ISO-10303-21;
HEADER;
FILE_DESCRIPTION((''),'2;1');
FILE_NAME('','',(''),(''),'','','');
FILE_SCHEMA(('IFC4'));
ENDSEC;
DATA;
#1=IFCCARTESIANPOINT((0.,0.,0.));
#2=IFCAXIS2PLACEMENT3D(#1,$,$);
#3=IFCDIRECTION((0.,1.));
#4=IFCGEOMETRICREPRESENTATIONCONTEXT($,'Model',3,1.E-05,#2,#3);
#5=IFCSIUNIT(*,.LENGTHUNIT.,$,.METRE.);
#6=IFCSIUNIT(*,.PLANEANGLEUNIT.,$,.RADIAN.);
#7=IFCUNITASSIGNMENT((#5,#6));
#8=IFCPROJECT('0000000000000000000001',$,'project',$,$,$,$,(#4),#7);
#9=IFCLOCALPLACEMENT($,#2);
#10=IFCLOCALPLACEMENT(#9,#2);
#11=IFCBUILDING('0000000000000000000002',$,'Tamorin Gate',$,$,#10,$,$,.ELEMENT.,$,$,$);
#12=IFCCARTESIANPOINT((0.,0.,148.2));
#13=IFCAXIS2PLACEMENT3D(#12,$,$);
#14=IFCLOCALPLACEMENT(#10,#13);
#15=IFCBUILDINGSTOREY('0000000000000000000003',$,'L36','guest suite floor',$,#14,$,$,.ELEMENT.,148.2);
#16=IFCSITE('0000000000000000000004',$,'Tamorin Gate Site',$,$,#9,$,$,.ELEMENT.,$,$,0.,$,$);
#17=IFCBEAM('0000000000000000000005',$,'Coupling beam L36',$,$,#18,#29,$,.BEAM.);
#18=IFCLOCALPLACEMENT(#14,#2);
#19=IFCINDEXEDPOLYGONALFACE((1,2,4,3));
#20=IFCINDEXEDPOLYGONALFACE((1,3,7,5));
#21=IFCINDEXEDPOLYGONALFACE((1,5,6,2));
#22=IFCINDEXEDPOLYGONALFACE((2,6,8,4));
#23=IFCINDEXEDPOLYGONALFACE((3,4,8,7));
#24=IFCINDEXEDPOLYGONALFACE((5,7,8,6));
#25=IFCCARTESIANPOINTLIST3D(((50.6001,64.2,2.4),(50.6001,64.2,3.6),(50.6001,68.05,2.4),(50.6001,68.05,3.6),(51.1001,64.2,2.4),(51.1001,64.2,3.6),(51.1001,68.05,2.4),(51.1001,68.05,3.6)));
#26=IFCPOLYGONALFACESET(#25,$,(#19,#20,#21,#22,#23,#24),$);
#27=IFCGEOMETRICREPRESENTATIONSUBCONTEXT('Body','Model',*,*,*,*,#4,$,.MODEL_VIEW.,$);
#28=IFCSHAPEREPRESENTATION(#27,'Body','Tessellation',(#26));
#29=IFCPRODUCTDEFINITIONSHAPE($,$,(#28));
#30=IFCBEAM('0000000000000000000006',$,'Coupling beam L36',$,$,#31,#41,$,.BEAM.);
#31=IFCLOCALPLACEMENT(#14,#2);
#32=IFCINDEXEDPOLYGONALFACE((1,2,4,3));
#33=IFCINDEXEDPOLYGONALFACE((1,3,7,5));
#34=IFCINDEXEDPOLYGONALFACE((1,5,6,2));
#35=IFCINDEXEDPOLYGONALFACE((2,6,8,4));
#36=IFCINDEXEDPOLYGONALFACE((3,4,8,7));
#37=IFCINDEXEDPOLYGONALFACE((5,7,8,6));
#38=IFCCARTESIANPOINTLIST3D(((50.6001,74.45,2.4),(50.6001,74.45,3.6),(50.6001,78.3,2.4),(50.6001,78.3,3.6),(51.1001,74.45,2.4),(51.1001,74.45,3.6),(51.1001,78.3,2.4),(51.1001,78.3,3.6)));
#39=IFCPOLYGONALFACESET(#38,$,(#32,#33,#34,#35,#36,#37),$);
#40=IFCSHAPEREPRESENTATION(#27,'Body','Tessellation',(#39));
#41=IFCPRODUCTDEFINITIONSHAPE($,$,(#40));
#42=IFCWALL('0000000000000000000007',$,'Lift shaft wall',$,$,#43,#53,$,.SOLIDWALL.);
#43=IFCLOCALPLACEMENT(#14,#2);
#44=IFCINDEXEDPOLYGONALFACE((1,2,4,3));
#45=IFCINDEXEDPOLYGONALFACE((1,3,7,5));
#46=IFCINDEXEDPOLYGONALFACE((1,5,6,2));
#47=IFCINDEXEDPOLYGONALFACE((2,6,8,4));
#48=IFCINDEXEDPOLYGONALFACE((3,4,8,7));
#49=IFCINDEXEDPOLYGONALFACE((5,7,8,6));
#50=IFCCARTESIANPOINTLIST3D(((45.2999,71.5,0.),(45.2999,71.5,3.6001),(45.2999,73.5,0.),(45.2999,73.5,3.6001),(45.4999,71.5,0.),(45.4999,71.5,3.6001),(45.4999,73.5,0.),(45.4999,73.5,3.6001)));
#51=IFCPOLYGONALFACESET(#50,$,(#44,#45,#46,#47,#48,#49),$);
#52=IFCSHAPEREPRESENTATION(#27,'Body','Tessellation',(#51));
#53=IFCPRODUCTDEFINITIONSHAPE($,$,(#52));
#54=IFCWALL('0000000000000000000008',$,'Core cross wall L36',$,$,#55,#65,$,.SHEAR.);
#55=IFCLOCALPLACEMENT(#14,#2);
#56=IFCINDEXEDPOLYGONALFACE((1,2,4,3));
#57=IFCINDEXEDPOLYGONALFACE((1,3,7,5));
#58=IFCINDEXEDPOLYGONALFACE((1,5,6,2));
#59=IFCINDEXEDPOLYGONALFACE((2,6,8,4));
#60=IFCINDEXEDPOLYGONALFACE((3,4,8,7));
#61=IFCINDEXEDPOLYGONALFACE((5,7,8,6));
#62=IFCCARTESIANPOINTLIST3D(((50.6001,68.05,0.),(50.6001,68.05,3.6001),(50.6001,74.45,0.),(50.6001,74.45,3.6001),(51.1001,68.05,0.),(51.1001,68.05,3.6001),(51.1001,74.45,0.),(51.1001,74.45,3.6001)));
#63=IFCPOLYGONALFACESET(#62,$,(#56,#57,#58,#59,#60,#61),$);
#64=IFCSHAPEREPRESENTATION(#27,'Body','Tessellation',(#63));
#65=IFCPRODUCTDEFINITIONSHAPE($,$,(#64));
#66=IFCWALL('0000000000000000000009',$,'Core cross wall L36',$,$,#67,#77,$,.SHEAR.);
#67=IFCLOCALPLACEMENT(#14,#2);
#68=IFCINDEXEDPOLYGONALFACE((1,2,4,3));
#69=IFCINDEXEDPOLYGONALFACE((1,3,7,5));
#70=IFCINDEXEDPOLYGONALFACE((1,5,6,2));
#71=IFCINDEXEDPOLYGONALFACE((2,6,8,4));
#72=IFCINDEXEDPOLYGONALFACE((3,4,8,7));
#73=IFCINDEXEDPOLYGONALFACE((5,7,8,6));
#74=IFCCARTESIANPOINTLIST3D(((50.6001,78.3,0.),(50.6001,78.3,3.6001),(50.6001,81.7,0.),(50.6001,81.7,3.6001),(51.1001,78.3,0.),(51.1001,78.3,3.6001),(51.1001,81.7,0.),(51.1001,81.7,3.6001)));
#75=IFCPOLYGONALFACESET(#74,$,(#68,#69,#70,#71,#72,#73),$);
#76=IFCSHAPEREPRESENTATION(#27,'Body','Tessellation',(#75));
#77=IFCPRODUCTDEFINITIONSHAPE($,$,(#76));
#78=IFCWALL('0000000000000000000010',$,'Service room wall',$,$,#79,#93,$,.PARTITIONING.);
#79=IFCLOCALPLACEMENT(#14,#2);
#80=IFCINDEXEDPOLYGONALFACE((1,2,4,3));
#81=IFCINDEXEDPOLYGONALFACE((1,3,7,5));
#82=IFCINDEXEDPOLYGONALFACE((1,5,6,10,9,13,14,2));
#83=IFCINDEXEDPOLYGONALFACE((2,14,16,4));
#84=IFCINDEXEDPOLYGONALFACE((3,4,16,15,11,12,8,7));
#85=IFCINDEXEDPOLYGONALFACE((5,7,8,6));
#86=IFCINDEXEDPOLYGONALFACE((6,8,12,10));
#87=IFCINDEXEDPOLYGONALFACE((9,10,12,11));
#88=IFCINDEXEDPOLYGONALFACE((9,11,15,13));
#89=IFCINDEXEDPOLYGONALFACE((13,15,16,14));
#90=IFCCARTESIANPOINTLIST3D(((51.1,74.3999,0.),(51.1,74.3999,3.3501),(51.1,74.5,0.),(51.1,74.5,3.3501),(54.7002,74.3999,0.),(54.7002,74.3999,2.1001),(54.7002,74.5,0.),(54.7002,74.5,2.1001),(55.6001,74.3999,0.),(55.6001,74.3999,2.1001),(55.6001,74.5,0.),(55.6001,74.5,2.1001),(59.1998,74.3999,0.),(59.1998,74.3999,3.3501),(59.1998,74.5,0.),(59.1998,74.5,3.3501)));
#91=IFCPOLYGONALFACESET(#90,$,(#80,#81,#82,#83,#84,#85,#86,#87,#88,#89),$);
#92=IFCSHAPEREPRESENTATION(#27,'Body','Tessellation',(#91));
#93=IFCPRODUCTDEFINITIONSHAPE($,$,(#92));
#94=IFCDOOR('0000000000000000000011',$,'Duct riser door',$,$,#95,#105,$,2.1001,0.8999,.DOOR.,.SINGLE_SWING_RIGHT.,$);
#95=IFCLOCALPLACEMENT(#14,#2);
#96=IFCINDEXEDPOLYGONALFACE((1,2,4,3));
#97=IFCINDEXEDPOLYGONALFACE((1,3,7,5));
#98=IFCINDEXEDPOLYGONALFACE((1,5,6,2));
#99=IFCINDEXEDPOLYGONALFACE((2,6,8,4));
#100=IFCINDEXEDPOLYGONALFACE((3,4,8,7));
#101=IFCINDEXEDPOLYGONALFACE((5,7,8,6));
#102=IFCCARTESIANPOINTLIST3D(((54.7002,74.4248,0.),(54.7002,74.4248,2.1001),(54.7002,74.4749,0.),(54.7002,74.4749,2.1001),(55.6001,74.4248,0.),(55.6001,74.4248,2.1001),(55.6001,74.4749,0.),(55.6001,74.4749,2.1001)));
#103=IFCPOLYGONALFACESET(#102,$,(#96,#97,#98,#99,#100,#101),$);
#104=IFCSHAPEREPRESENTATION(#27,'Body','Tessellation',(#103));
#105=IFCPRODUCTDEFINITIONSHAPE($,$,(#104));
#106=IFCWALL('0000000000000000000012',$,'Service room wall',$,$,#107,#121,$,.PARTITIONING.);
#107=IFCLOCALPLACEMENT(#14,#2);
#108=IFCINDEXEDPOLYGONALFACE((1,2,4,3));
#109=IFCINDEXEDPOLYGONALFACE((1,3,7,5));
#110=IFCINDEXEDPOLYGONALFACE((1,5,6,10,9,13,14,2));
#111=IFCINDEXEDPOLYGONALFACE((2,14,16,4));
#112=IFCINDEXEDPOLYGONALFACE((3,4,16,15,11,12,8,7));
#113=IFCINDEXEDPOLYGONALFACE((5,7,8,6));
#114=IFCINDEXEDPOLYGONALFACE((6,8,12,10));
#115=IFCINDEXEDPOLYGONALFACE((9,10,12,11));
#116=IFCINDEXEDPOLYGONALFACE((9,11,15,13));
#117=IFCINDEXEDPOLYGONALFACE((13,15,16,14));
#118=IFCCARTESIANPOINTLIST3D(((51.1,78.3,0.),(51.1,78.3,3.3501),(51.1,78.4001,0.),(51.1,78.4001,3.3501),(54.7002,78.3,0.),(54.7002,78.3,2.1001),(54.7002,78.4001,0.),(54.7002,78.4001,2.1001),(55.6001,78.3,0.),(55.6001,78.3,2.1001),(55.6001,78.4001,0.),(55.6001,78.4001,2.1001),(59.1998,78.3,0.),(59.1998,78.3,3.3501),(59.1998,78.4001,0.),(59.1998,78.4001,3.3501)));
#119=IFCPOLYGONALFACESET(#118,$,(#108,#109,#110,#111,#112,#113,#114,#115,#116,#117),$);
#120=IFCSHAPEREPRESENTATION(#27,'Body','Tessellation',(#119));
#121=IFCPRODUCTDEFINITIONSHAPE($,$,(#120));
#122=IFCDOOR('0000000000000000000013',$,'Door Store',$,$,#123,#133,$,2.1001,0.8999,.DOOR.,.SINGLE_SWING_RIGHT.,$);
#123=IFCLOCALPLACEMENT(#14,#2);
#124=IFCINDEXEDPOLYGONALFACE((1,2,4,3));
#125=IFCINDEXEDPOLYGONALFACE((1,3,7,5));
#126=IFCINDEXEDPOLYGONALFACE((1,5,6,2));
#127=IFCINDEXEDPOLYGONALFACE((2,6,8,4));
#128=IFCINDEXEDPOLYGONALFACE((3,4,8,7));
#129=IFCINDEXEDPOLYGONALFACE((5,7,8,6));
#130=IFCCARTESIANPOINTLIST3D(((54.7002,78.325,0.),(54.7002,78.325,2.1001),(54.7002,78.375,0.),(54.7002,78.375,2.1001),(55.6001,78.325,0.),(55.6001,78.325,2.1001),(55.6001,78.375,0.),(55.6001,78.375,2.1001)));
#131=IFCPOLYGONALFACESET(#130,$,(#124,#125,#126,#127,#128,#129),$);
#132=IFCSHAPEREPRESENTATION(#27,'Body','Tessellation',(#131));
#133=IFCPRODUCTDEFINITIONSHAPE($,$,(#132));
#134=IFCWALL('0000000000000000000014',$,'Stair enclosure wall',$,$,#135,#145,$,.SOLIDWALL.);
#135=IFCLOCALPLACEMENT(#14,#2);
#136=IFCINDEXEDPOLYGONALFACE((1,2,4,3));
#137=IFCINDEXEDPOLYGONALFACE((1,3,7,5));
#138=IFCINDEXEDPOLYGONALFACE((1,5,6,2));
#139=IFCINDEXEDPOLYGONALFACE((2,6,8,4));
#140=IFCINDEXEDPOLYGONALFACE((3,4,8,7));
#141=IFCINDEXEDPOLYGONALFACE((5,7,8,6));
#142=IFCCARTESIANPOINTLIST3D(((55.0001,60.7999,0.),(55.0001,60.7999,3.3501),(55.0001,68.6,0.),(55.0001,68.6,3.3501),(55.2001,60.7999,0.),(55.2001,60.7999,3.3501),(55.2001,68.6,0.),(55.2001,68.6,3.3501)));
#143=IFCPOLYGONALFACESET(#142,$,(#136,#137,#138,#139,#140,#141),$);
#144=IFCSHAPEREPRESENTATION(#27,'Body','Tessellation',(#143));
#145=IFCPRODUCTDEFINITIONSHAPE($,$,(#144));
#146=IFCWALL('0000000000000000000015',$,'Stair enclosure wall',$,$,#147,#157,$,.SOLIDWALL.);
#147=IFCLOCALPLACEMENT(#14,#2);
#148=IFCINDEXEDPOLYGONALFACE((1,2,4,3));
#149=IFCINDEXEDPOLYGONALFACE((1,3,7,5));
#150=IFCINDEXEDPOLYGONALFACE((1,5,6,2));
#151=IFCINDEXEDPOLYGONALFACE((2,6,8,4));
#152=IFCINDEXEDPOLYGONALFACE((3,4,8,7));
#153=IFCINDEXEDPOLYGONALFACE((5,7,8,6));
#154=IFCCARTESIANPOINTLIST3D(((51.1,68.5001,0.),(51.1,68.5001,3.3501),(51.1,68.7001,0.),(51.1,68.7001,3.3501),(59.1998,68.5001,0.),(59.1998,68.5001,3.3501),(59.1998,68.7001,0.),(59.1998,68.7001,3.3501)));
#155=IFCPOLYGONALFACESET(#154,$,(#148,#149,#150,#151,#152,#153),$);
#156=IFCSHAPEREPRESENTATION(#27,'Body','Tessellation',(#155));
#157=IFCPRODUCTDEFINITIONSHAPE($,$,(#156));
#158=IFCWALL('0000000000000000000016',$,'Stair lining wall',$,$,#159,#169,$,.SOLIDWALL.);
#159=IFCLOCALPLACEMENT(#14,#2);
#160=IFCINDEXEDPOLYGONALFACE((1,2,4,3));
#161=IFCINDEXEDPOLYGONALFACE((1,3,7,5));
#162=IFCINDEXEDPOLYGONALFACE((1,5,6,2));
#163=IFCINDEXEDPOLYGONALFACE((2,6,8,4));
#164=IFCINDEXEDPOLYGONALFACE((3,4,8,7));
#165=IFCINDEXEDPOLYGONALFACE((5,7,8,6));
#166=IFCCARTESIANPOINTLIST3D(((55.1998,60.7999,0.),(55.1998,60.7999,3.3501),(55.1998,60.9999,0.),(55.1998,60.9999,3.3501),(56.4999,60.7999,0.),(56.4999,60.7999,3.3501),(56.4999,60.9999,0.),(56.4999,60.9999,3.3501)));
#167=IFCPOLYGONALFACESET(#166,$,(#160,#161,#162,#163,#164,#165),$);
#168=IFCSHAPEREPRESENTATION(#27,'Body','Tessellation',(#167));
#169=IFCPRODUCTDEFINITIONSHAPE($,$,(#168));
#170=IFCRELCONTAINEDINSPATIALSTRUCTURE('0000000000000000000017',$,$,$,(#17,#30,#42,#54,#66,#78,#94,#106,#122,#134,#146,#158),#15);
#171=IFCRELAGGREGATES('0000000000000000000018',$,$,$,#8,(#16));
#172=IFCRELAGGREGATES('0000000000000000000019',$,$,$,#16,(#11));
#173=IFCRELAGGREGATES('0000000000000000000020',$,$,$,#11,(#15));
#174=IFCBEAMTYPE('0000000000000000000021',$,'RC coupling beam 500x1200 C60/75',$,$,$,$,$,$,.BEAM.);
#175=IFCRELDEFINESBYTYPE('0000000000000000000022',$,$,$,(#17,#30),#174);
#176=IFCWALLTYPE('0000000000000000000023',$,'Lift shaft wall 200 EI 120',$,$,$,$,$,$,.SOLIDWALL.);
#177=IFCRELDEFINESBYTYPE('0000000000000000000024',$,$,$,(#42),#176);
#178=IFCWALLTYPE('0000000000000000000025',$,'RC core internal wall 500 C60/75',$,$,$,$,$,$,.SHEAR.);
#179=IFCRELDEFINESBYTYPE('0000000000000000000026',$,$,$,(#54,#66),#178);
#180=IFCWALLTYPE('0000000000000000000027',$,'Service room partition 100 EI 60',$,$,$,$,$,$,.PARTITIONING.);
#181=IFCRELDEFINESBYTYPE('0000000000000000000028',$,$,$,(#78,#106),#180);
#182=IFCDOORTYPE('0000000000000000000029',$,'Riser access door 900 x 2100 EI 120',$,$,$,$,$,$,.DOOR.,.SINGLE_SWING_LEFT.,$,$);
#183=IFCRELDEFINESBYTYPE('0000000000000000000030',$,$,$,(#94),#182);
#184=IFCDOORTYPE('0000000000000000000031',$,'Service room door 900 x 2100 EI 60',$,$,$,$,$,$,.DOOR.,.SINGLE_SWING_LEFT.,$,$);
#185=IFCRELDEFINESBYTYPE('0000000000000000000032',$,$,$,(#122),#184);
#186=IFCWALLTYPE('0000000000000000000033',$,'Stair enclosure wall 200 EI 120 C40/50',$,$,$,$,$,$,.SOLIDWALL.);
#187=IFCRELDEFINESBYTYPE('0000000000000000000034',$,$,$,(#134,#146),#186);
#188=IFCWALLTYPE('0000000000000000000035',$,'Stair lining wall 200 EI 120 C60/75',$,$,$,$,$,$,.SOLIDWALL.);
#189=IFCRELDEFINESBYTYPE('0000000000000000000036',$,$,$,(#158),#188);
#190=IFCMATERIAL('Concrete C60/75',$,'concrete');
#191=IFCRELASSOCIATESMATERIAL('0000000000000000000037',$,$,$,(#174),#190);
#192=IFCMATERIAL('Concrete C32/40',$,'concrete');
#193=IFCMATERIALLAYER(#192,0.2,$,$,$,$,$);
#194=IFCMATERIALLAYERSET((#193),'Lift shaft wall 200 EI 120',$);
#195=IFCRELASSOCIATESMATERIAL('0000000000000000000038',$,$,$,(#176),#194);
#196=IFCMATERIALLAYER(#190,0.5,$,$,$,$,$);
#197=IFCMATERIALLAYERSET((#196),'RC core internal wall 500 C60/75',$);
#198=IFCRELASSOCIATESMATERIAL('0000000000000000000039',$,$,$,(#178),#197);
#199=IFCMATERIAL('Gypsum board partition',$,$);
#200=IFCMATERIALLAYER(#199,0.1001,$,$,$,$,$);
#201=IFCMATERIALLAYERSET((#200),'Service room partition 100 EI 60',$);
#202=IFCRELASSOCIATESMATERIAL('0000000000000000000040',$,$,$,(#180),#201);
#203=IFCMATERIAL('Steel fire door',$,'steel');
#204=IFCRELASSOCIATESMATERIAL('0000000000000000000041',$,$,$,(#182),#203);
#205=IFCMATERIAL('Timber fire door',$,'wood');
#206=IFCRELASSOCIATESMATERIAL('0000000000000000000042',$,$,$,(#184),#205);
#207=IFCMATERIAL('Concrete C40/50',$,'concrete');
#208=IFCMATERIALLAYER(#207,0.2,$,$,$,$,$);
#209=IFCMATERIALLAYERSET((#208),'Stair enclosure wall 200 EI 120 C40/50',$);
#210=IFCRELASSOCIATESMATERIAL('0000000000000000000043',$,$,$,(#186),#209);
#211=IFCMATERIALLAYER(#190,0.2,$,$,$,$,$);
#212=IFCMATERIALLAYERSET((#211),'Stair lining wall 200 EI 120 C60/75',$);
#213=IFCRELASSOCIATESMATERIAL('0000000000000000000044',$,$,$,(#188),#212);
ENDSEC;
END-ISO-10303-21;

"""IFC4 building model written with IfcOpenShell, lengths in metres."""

from ifc_helpers import new_model, si_unit, direction, frame, frame_2d, origin, origin_2d, place, context, subcontext, project, spatial, rectangle, extrude, material, layer, layer_set, material_profile, profile_set, type_object, element, fill, save


model = new_model("IFC4")

# Units and contexts
model_context = context("Model", 3, precision=1e-05, world=origin(), true_north=direction((0.0, 1.0)))
body_context = subcontext(model_context, "Body", "Model", "MODEL_VIEW")
ifc_project = project(units=[si_unit("LENGTHUNIT", "METRE"), si_unit("PLANEANGLEUNIT", "RADIAN")], contexts=[model_context])

# Site, building, storey
site_placement = place(None, origin())
site = spatial("IfcSite", under=ifc_project, at=site_placement, Name="Tamorin Gate Site", CompositionType="ELEMENT", RefElevation=0.0)
building_placement = place(site_placement, origin())
building = spatial("IfcBuilding", under=site, at=building_placement, Name="Tamorin Gate", CompositionType="ELEMENT")
storey_placement = place(building_placement, frame((0.0, 0.0, 148.2)))
storey = spatial("IfcBuildingStorey", under=building, at=storey_placement, Name="L36", Description="guest suite floor", CompositionType="ELEMENT", Elevation=148.2)

# Beams
ifc_material_1 = material(Name="Concrete C60/75", Category="concrete")
ifc_material_profile = material_profile(ifc_material_1, rectangle(XDim=0.5, YDim=1.2, at=origin_2d()), Name="RC 500x1200")
ifc_profile_set = profile_set([ifc_material_profile], Name="Concrete C60/75")
beam_type = type_object("IfcBeamType", Name="RC coupling beam 500x1200 C60/75", PredefinedType="BEAM", material=ifc_profile_set)
for number, where, z_axis, x_axis, name in (
    (1, (50.8501, 64.2, 3.0), (0.0, 1.0, 0.0), (-1.0, 0.0, 0.0), "Coupling beam L36"),
    (2, (50.8501, 74.45, 3.0), (0.0, 1.0, 0.0), (-1.0, 0.0, 0.0), "Coupling beam L36"),
):
    element("IfcBeam", number, at=place(storey_placement, frame(where, z_axis=z_axis, x_axis=x_axis)), inside=storey, type_object=beam_type, Name=name, PredefinedType="BEAM", context=body_context, shape_type="SweptSolid", body=[
        extrude(rectangle(XDim=0.5, YDim=1.2, at=origin_2d()), origin(), (0.0, 0.0, 1.0), 3.8501),
    ])

# Walls
ifc_material_2 = material(Name="Concrete C32/40", Category="concrete")
ifc_layer_1 = layer(ifc_material_2, 0.2)
ifc_layer_set_1 = layer_set([ifc_layer_1], Name="Lift shaft wall 200 EI 120")
wall_type_1 = type_object("IfcWallType", Name="Lift shaft wall 200 EI 120", PredefinedType="SOLIDWALL", material=ifc_layer_set_1)
wall_1_placement = place(storey_placement, frame((45.3999, 71.5, 0.0), z_axis=(0.0, 0.0, 1.0), x_axis=(0.0, 1.0, 0.0)))
element("IfcWall", 3, at=wall_1_placement, inside=storey, type_object=wall_type_1, Name="Lift shaft wall", PredefinedType="SOLIDWALL", context=body_context, shape_type="SweptSolid", body=[
    extrude(rectangle(XDim=2.0, YDim=0.2, at=frame_2d((1.0, 0.0))), origin(), (0.0, 0.0, 1.0), 3.6001),
])
ifc_layer_2 = layer(ifc_material_1, 0.5)
ifc_layer_set_2 = layer_set([ifc_layer_2], Name="RC core internal wall 500 C60/75")
wall_type_2 = type_object("IfcWallType", Name="RC core internal wall 500 C60/75", PredefinedType="SHEAR", material=ifc_layer_set_2)
wall_2_placement = place(storey_placement, frame((50.8501, 68.05, 0.0), z_axis=(0.0, 0.0, 1.0), x_axis=(0.0, 1.0, 0.0)))
element("IfcWall", 4, at=wall_2_placement, inside=storey, type_object=wall_type_2, Name="Core cross wall L36", PredefinedType="SHEAR", context=body_context, shape_type="SweptSolid", body=[
    extrude(rectangle(XDim=6.3999, YDim=0.5, at=frame_2d((3.2, 0.0))), origin(), (0.0, 0.0, 1.0), 3.6001),
])
wall_3_placement = place(storey_placement, frame((50.8501, 78.3, 0.0), z_axis=(0.0, 0.0, 1.0), x_axis=(0.0, 1.0, 0.0)))
element("IfcWall", 5, at=wall_3_placement, inside=storey, type_object=wall_type_2, Name="Core cross wall L36", PredefinedType="SHEAR", context=body_context, shape_type="SweptSolid", body=[
    extrude(rectangle(XDim=3.3999, YDim=0.5, at=frame_2d((1.7, 0.0))), origin(), (0.0, 0.0, 1.0), 3.6001),
])

# Walls, openings, doors
ifc_material_3 = material(Name="Gypsum board partition")
ifc_layer_3 = layer(ifc_material_3, 0.1001)
ifc_layer_set_3 = layer_set([ifc_layer_3], Name="Service room partition 100 EI 60")
wall_type_3 = type_object("IfcWallType", Name="Service room partition 100 EI 60", PredefinedType="PARTITIONING", material=ifc_layer_set_3)
wall_4_placement = place(storey_placement, frame((51.1001, 74.45, 0.0), z_axis=(0.0, 0.0, 1.0), x_axis=(1.0, 0.0, 0.0)))
wall_4 = element("IfcWall", 6, at=wall_4_placement, inside=storey, type_object=wall_type_3, Name="Service room wall", PredefinedType="PARTITIONING", context=body_context, shape_type="SweptSolid", body=[
    extrude(rectangle(XDim=8.0999, YDim=0.1001, at=frame_2d((4.0498, 0.0))), origin(), (0.0, 0.0, 1.0), 3.3501),
])
opening_1_placement = place(wall_4_placement, frame((3.6001, 0.0, 0.0)))
opening_1 = element("IfcOpeningElement", 7, at=opening_1_placement, cuts=wall_4, PredefinedType="OPENING", context=body_context, shape_type="SweptSolid", body=[
    extrude(rectangle(XDim=0.8999, YDim=2.1001, at=frame_2d((0.45, 1.05))), frame((0.0, 0.0601, 0.0), z_axis=(0.0, -1.0, 0.0), x_axis=(1.0, 0.0, 0.0)), (0.0, 0.0, 1.0), 0.1201),
])
ifc_material_4 = material(Name="Steel fire door", Category="steel")
door_type_1 = type_object("IfcDoorType", Name="Riser access door 900 x 2100 EI 120", OperationType="SINGLE_SWING_LEFT", PredefinedType="DOOR", material=ifc_material_4)
door_1_placement = place(opening_1_placement, origin())
door_1 = element("IfcDoor", 8, at=door_1_placement, inside=storey, type_object=door_type_1, Name="Duct riser door", OperationType="SINGLE_SWING_RIGHT", OverallHeight=2.1001, OverallWidth=0.8999, PredefinedType="DOOR", context=body_context, shape_type="SweptSolid", body=[
    extrude(rectangle(XDim=0.8999, YDim=2.1001, at=frame_2d((0.45, 1.05))), frame((0.0, 0.0249, 0.0), z_axis=(0.0, -1.0, 0.0), x_axis=(1.0, 0.0, 0.0)), (0.0, 0.0, 1.0), 0.05),
])
fill(opening_1, door_1)
wall_5_placement = place(storey_placement, frame((51.1001, 78.3501, 0.0), z_axis=(0.0, 0.0, 1.0), x_axis=(1.0, 0.0, 0.0)))
wall_5 = element("IfcWall", 9, at=wall_5_placement, inside=storey, type_object=wall_type_3, Name="Service room wall", PredefinedType="PARTITIONING", context=body_context, shape_type="SweptSolid", body=[
    extrude(rectangle(XDim=8.0999, YDim=0.1001, at=frame_2d((4.0498, 0.0))), origin(), (0.0, 0.0, 1.0), 3.3501),
])
opening_2_placement = place(wall_5_placement, frame((3.6001, 0.0, 0.0)))
opening_2 = element("IfcOpeningElement", 10, at=opening_2_placement, cuts=wall_5, PredefinedType="OPENING", context=body_context, shape_type="SweptSolid", body=[
    extrude(rectangle(XDim=0.8999, YDim=2.1001, at=frame_2d((0.45, 1.05))), frame((0.0, 0.0601, 0.0), z_axis=(0.0, -1.0, 0.0), x_axis=(1.0, 0.0, 0.0)), (0.0, 0.0, 1.0), 0.1201),
])
ifc_material_5 = material(Name="Timber fire door", Category="wood")
door_type_2 = type_object("IfcDoorType", Name="Service room door 900 x 2100 EI 60", OperationType="SINGLE_SWING_LEFT", PredefinedType="DOOR", material=ifc_material_5)
door_2_placement = place(opening_2_placement, origin())
door_2 = element("IfcDoor", 11, at=door_2_placement, inside=storey, type_object=door_type_2, Name="Door Store", OperationType="SINGLE_SWING_RIGHT", OverallHeight=2.1001, OverallWidth=0.8999, PredefinedType="DOOR", context=body_context, shape_type="SweptSolid", body=[
    extrude(rectangle(XDim=0.8999, YDim=2.1001, at=frame_2d((0.45, 1.05))), frame((0.0, 0.0249, 0.0), z_axis=(0.0, -1.0, 0.0), x_axis=(1.0, 0.0, 0.0)), (0.0, 0.0, 1.0), 0.05),
])
fill(opening_2, door_2)

# Walls
ifc_material_6 = material(Name="Concrete C40/50", Category="concrete")
ifc_layer_4 = layer(ifc_material_6, 0.2)
ifc_layer_set_4 = layer_set([ifc_layer_4], Name="Stair enclosure wall 200 EI 120 C40/50")
wall_type_4 = type_object("IfcWallType", Name="Stair enclosure wall 200 EI 120 C40/50", PredefinedType="SOLIDWALL", material=ifc_layer_set_4)
wall_6_placement = place(storey_placement, frame((55.1001, 60.8, 0.0), z_axis=(0.0, 0.0, 1.0), x_axis=(0.0, 1.0, 0.0)))
element("IfcWall", 12, at=wall_6_placement, inside=storey, type_object=wall_type_4, Name="Stair enclosure wall", PredefinedType="SOLIDWALL", context=body_context, shape_type="SweptSolid", body=[
    extrude(rectangle(XDim=7.8, YDim=0.2, at=frame_2d((3.8999, 0.0))), origin(), (0.0, 0.0, 1.0), 3.3501),
])
wall_7_placement = place(storey_placement, frame((51.1001, 68.6001, 0.0), z_axis=(0.0, 0.0, 1.0), x_axis=(1.0, 0.0, 0.0)))
element("IfcWall", 13, at=wall_7_placement, inside=storey, type_object=wall_type_4, Name="Stair enclosure wall", PredefinedType="SOLIDWALL", context=body_context, shape_type="SweptSolid", body=[
    extrude(rectangle(XDim=8.0999, YDim=0.2, at=frame_2d((4.0498, 0.0))), origin(), (0.0, 0.0, 1.0), 3.3501),
])
ifc_layer_5 = layer(ifc_material_1, 0.2)
ifc_layer_set_5 = layer_set([ifc_layer_5], Name="Stair lining wall 200 EI 120 C60/75")
wall_type_5 = type_object("IfcWallType", Name="Stair lining wall 200 EI 120 C60/75", PredefinedType="SOLIDWALL", material=ifc_layer_set_5)
wall_8_placement = place(storey_placement, frame((55.2, 60.8999, 0.0), z_axis=(0.0, 0.0, 1.0), x_axis=(1.0, 0.0, 0.0)))
element("IfcWall", 14, at=wall_8_placement, inside=storey, type_object=wall_type_5, Name="Stair lining wall", PredefinedType="SOLIDWALL", context=body_context, shape_type="SweptSolid", body=[
    extrude(rectangle(XDim=1.3, YDim=0.2, at=frame_2d((0.6499, 0.0))), origin(), (0.0, 0.0, 1.0), 3.3501),
])

save(model, "model.ifc")
